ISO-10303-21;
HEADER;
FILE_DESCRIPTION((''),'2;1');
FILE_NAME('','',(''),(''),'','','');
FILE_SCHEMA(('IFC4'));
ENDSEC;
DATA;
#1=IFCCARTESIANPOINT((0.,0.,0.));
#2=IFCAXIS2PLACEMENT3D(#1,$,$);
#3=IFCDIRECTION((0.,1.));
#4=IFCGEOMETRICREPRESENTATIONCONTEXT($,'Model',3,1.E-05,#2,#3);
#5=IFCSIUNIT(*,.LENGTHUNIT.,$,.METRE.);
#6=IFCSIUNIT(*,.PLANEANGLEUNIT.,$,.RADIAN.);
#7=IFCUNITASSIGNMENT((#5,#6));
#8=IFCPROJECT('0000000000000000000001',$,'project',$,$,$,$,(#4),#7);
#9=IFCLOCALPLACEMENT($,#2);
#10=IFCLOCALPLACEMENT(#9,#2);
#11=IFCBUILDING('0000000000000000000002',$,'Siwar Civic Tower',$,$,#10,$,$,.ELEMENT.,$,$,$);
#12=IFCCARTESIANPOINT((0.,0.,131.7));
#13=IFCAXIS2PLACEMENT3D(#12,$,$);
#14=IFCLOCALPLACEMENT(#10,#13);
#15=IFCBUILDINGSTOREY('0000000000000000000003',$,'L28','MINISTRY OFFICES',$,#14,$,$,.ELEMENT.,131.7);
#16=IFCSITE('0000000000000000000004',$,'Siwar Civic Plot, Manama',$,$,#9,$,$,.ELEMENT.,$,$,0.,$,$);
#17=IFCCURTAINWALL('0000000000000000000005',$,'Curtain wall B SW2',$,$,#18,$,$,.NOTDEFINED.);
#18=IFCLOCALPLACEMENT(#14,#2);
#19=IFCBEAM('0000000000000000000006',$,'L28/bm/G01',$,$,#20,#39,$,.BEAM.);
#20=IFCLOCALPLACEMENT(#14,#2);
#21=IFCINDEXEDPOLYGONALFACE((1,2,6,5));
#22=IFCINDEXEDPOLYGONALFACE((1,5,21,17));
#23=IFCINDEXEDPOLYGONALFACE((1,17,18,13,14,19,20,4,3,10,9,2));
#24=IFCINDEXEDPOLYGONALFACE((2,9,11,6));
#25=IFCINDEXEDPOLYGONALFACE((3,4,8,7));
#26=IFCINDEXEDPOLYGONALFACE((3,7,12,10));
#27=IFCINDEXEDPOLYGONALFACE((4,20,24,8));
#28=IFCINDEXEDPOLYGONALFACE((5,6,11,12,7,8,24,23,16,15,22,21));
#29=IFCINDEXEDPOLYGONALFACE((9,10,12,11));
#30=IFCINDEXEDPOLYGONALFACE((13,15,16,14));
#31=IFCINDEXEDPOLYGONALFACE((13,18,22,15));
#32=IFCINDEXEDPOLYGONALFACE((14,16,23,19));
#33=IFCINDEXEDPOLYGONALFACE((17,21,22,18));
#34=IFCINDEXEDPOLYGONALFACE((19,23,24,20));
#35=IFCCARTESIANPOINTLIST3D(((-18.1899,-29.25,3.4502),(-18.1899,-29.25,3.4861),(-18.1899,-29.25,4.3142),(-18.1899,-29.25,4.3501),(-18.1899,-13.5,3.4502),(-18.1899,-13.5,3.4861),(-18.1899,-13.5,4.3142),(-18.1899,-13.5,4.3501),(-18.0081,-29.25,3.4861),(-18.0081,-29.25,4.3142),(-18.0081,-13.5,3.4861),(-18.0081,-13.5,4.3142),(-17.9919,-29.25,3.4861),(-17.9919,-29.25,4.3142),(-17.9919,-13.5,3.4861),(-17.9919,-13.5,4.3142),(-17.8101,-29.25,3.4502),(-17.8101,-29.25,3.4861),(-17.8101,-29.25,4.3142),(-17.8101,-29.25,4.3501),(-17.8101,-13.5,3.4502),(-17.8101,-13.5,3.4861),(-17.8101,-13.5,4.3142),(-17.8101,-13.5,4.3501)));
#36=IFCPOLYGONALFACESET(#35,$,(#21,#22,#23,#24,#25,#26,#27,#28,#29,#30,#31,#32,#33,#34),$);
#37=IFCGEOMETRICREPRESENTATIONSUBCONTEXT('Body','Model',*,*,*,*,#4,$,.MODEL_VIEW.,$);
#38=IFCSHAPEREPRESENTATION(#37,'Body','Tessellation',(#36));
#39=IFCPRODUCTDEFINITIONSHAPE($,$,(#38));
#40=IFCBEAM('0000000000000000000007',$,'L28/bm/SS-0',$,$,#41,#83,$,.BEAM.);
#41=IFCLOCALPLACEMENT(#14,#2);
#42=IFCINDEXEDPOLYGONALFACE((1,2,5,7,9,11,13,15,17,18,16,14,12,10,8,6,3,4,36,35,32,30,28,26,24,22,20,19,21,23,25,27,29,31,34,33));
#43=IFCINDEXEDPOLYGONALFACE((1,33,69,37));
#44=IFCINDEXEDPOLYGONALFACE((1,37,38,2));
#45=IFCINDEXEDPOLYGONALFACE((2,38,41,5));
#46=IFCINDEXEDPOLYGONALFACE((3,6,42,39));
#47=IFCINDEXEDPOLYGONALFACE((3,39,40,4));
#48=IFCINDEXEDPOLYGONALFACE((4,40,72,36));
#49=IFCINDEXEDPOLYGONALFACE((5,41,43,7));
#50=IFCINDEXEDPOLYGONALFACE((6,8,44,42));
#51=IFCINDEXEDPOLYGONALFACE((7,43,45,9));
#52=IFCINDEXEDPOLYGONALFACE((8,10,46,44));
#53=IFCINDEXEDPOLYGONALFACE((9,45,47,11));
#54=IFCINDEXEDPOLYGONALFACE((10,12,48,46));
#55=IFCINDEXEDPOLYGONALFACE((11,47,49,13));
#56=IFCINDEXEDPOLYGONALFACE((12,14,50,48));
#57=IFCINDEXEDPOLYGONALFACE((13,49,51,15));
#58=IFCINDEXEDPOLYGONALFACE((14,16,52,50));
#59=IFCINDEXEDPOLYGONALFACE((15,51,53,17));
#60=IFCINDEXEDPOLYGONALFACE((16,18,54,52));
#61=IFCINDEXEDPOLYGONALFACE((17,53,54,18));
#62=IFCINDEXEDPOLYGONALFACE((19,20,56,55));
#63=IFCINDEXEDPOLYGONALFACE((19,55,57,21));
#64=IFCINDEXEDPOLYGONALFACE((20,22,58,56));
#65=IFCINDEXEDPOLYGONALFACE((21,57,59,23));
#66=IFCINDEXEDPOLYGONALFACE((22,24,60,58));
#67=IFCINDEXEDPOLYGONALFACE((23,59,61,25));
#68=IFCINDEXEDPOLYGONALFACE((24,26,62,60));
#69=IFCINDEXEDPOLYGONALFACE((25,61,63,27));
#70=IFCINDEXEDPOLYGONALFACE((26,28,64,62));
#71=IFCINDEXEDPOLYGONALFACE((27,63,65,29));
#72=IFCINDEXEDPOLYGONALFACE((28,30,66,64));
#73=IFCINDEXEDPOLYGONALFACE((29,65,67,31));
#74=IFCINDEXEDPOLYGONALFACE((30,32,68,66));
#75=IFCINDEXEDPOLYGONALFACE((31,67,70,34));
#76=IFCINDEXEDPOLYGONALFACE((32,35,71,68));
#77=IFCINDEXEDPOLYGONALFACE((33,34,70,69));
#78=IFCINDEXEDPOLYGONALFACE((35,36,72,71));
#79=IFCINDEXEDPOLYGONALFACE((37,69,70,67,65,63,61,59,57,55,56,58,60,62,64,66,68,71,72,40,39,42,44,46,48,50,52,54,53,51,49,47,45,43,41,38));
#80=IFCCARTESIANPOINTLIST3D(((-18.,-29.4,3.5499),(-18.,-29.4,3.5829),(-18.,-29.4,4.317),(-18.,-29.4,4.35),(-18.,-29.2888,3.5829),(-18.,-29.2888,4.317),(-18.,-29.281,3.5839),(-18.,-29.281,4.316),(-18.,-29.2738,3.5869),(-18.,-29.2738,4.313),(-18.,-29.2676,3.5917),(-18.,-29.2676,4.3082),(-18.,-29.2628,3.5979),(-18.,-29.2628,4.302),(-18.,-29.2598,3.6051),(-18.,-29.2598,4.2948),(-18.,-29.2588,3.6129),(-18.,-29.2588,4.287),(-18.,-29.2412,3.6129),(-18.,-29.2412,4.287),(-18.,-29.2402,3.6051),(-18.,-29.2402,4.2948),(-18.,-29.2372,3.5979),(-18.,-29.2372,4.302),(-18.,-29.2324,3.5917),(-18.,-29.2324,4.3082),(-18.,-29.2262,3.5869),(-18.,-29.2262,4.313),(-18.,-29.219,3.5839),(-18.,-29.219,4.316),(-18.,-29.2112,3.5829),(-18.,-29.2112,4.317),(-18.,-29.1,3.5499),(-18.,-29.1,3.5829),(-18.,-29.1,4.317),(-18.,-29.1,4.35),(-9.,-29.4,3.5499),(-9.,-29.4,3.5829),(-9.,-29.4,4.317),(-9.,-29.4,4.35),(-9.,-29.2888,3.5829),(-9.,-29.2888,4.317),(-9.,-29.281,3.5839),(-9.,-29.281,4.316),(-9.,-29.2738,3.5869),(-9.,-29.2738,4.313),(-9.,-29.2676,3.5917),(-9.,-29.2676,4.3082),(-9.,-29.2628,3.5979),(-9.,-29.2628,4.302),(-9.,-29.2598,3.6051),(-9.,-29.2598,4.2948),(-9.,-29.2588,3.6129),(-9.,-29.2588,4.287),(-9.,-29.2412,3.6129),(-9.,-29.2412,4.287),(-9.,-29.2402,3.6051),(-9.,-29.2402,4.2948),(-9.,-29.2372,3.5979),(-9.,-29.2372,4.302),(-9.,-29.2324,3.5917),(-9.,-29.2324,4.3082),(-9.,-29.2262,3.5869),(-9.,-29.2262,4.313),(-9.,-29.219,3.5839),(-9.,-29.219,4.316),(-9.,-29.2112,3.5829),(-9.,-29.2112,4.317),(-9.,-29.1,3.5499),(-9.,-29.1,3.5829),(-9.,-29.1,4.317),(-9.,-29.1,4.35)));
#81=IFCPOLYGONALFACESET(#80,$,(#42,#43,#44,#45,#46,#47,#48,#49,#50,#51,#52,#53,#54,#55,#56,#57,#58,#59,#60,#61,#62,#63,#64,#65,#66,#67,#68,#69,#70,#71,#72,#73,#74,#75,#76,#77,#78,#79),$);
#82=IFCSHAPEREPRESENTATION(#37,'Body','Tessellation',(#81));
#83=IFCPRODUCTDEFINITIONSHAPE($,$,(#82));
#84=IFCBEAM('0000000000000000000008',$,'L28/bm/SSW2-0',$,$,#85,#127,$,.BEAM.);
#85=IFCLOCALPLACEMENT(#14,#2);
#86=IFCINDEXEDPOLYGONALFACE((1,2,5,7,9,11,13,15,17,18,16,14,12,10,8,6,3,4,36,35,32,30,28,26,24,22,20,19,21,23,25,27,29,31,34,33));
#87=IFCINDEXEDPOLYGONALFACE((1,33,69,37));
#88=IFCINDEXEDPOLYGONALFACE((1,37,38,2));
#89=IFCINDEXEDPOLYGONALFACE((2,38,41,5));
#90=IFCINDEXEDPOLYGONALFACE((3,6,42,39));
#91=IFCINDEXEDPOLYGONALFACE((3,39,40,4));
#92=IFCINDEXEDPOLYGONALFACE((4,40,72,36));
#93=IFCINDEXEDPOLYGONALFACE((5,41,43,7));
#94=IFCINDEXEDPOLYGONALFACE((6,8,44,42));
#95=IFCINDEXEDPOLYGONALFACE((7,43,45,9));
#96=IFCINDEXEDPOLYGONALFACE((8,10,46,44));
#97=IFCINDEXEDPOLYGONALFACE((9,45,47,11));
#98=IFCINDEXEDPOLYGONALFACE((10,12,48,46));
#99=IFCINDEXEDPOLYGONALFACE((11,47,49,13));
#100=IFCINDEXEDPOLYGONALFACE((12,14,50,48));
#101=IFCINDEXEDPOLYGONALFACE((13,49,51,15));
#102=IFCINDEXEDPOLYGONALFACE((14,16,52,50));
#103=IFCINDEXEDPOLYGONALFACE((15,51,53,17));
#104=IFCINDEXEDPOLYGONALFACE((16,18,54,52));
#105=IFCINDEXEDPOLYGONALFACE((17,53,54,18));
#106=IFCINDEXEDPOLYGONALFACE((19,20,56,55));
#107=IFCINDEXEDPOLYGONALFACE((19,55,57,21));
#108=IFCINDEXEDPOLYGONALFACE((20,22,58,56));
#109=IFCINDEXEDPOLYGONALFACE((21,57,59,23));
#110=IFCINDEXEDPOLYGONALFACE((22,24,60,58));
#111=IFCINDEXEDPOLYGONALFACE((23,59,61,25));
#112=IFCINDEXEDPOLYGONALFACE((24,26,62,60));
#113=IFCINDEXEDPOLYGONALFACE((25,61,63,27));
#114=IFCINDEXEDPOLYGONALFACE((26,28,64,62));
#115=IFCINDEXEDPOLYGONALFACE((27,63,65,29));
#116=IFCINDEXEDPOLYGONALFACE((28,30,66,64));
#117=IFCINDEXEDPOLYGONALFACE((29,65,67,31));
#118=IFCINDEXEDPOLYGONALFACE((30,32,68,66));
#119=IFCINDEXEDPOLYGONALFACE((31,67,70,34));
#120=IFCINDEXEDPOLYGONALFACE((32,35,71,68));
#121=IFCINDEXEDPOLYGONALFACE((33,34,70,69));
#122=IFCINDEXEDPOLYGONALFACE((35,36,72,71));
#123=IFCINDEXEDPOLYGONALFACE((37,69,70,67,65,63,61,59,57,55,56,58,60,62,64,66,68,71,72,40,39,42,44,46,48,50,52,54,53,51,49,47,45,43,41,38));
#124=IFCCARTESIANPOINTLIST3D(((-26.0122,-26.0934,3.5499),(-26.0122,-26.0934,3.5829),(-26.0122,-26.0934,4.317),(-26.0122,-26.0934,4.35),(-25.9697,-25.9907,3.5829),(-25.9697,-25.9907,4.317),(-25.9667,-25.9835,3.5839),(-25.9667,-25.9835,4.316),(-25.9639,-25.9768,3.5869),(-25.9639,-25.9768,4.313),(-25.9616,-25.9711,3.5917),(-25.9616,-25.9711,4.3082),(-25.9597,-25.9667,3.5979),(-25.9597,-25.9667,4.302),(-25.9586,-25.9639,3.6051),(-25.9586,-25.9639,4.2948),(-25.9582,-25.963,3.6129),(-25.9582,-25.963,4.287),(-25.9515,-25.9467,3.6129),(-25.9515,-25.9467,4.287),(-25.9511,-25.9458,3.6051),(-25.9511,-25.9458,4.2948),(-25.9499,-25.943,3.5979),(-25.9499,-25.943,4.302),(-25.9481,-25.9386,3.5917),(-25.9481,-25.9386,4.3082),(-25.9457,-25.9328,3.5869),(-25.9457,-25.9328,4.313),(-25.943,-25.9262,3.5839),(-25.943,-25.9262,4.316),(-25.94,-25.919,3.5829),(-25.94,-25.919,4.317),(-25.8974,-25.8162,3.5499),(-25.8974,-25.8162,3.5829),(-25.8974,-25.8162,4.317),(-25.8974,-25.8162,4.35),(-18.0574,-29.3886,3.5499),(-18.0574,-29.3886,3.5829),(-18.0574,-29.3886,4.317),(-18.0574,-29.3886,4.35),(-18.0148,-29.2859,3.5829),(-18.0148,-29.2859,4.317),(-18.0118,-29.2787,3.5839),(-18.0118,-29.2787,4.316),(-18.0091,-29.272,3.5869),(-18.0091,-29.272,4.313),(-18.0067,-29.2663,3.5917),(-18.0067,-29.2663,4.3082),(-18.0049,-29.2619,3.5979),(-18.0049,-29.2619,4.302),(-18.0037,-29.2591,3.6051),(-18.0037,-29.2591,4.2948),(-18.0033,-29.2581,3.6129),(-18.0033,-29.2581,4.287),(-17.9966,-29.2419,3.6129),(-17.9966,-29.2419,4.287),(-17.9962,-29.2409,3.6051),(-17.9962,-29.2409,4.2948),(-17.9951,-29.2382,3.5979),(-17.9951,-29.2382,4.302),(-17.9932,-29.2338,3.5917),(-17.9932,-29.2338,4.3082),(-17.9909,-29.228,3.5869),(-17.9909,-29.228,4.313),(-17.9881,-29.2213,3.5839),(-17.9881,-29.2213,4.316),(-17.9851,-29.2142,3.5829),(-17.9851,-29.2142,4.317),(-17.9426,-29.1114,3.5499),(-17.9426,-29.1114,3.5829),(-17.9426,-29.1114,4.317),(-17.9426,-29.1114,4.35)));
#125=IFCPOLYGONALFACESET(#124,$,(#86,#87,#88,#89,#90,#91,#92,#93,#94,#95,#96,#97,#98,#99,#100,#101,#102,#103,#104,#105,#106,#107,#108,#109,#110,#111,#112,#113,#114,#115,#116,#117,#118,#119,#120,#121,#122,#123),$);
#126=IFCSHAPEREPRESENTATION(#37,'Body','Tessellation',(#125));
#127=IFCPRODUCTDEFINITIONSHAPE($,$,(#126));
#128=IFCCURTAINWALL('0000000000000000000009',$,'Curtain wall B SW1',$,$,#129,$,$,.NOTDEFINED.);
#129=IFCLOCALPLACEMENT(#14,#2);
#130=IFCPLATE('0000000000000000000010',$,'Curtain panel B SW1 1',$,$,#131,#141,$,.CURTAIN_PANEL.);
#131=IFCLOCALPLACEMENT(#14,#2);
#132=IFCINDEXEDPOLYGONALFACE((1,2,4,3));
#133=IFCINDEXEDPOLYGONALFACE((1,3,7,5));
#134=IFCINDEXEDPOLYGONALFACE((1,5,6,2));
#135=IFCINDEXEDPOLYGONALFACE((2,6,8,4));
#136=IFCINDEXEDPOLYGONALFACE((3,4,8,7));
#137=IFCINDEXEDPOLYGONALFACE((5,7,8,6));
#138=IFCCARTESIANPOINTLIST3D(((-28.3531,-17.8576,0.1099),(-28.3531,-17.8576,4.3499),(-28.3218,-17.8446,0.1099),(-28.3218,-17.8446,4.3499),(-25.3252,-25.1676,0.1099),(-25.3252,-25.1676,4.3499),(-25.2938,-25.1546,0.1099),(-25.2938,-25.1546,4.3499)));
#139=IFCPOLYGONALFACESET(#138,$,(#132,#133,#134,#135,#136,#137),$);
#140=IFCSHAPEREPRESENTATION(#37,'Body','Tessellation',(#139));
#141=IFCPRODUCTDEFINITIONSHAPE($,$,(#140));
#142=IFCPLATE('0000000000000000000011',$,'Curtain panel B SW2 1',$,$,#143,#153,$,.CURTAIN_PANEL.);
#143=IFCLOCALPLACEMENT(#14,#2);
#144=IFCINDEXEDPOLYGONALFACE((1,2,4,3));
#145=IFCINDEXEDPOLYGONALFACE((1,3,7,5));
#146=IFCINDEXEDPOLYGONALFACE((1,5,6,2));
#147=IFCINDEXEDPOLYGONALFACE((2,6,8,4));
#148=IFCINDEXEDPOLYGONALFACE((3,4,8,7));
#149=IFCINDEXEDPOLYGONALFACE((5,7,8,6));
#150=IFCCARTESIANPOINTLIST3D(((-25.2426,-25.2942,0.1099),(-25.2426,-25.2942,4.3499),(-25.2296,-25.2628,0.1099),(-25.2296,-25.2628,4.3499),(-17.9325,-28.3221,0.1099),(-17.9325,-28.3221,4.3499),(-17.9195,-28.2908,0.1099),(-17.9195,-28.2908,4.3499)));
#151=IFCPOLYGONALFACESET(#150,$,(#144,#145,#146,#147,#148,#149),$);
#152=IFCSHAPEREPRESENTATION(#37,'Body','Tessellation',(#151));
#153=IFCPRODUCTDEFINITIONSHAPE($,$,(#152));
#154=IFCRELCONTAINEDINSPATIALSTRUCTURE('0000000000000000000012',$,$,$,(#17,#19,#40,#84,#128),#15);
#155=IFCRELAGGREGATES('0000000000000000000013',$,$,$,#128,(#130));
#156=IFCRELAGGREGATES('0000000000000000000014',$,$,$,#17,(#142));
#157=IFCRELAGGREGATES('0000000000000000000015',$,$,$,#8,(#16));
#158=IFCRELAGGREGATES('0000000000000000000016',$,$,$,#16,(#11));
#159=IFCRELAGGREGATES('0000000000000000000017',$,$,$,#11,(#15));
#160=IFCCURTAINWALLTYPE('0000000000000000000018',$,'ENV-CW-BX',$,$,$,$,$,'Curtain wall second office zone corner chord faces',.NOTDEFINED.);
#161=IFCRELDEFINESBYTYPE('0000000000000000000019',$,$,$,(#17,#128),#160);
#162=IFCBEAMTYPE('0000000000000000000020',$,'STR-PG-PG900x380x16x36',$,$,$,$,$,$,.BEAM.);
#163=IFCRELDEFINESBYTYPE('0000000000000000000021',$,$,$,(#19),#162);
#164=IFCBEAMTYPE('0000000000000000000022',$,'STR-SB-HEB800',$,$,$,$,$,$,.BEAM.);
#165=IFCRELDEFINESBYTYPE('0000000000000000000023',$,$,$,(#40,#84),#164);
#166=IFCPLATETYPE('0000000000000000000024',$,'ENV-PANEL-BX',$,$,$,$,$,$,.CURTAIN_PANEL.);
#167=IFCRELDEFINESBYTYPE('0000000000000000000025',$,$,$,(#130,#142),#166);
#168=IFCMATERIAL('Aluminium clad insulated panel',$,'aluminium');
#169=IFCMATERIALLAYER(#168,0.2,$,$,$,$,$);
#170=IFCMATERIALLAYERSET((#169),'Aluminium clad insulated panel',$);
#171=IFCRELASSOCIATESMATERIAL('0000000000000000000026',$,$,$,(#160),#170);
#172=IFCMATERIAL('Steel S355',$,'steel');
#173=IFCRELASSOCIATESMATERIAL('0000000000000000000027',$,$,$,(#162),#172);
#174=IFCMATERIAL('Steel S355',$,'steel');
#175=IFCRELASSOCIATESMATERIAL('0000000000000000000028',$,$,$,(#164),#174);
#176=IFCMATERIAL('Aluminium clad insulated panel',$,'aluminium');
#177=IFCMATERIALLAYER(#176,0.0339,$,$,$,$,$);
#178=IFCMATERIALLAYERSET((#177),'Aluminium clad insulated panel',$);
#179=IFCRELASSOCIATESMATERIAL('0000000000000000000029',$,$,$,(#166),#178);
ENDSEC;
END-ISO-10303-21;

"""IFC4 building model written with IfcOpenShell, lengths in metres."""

from ifc_helpers import new_model, si_unit, direction, frame, origin, origin_2d, place, context, subcontext, project, spatial, rectangle, i_section, extrude, material, layer, layer_set, material_profile, profile_set, type_object, element, aggregate, save


model = new_model("IFC4")

# Units and contexts
model_context = context("Model", 3, precision=1e-05, world=origin(), true_north=direction((0.0, 1.0)))
body_context = subcontext(model_context, "Body", "Model", "MODEL_VIEW")
ifc_project = project(units=[si_unit("LENGTHUNIT", "METRE"), si_unit("PLANEANGLEUNIT", "RADIAN")], contexts=[model_context])

# Site, building, storey
site_placement = place(None, origin())
site = spatial("IfcSite", under=ifc_project, at=site_placement, Name="Siwar Civic Plot, Manama", CompositionType="ELEMENT", RefElevation=0.0)
building_placement = place(site_placement, origin())
building = spatial("IfcBuilding", under=site, at=building_placement, Name="Siwar Civic Tower", CompositionType="ELEMENT")
storey_placement = place(building_placement, frame((0.0, 0.0, 131.7)))
storey = spatial("IfcBuildingStorey", under=building, at=storey_placement, Name="L28", Description="MINISTRY OFFICES", CompositionType="ELEMENT", Elevation=131.7)

# Curtain wall
ifc_material_1 = material(Name="Aluminium clad insulated panel", Category="aluminium")
ifc_layer_1 = layer(ifc_material_1, 0.2)
ifc_layer_set_1 = layer_set([ifc_layer_1], Name="Aluminium clad insulated panel")
curtain_wall_type = type_object("IfcCurtainWallType", Name="ENV-CW-BX", ElementType="Curtain wall second office zone corner chord faces", PredefinedType="NOTDEFINED", material=ifc_layer_set_1)
curtain_wall_1_placement = place(storey_placement, origin())
curtain_wall_1 = element("IfcCurtainWall", 1, at=curtain_wall_1_placement, inside=storey, type_object=curtain_wall_type, Name="Curtain wall B SW2", PredefinedType="NOTDEFINED")

# Beams
ifc_material_2 = material(Name="Steel S355", Category="steel")
ifc_material_profile_1 = material_profile(ifc_material_2, i_section(OverallWidth=0.3799, OverallDepth=0.8999, WebThickness=0.0161, FlangeThickness=0.0359, at=origin_2d()), Name="PG900x380x16x36")
ifc_profile_set_1 = profile_set([ifc_material_profile_1], Name="Steel S355")
beam_type_1 = type_object("IfcBeamType", Name="STR-PG-PG900x380x16x36", PredefinedType="BEAM", material=ifc_profile_set_1)
beam_1_placement = place(storey_placement, frame((-18.0, -29.25, 3.9001), z_axis=(0.0, 1.0, 0.0), x_axis=(-1.0, 0.0, 0.0)))
element("IfcBeam", 2, at=beam_1_placement, inside=storey, type_object=beam_type_1, Name="L28/bm/G01", PredefinedType="BEAM", context=body_context, shape_type="SweptSolid", body=[
    extrude(i_section(OverallWidth=0.3799, OverallDepth=0.8999, WebThickness=0.0161, FlangeThickness=0.0359, at=origin_2d()), origin(), (0.0, 0.0, 1.0), 15.75),
])
ifc_material_3 = material(Name="Steel S355", Category="steel")
ifc_material_profile_2 = material_profile(ifc_material_3, i_section(OverallWidth=0.3, OverallDepth=0.8, WebThickness=0.0176, FlangeThickness=0.033, FilletRadius=0.03, at=origin_2d()), Name="HEB800")
ifc_profile_set_2 = profile_set([ifc_material_profile_2], Name="Steel S355")
beam_type_2 = type_object("IfcBeamType", Name="STR-SB-HEB800", PredefinedType="BEAM", material=ifc_profile_set_2)
beam_2_placement = place(storey_placement, frame((-18.0, -29.25, 3.95), z_axis=(1.0, 0.0, 0.0), x_axis=(0.0, 1.0, 0.0)))
element("IfcBeam", 3, at=beam_2_placement, inside=storey, type_object=beam_type_2, Name="L28/bm/SS-0", PredefinedType="BEAM", context=body_context, shape_type="SweptSolid", body=[
    extrude(i_section(OverallWidth=0.3, OverallDepth=0.8, WebThickness=0.0176, FlangeThickness=0.033, FilletRadius=0.03, at=origin_2d()), origin(), (0.0, 0.0, 1.0), 9.0),
])
beam_3_placement = place(storey_placement, frame((-25.9548, -25.9548, 3.95), z_axis=(0.923873, -0.3827, 0.0), x_axis=(0.3827, 0.923873, 0.0)))
element("IfcBeam", 4, at=beam_3_placement, inside=storey, type_object=beam_type_2, Name="L28/bm/SSW2-0", PredefinedType="BEAM", context=body_context, shape_type="SweptSolid", body=[
    extrude(i_section(OverallWidth=0.3, OverallDepth=0.8, WebThickness=0.0176, FlangeThickness=0.033, FilletRadius=0.03, at=origin_2d()), origin(), (0.0, 0.0, 1.0), 8.6104),
])

# Curtain wall, plate
curtain_wall_2_placement = place(storey_placement, origin())
curtain_wall_2 = element("IfcCurtainWall", 5, at=curtain_wall_2_placement, inside=storey, type_object=curtain_wall_type, Name="Curtain wall B SW1", PredefinedType="NOTDEFINED")
ifc_material_4 = material(Name="Aluminium clad insulated panel", Category="aluminium")
ifc_layer_2 = layer(ifc_material_4, 0.0339)
ifc_layer_set_2 = layer_set([ifc_layer_2], Name="Aluminium clad insulated panel")
plate_type = type_object("IfcPlateType", Name="ENV-PANEL-BX", PredefinedType="CURTAIN_PANEL", material=ifc_layer_set_2)
plate_1_placement = place(storey_placement, frame((-26.8235, -21.5061, 0.1099), z_axis=(0.0, 0.0, 1.0), x_axis=(0.382683, -0.92388, 0.0)))
plate_1 = element("IfcPlate", 6, at=plate_1_placement, type_object=plate_type, Name="Curtain panel B SW1 1", PredefinedType="CURTAIN_PANEL", context=body_context, shape_type="SweptSolid", body=[
    extrude(rectangle(XDim=7.9124, YDim=0.0339, at=origin_2d()), origin(), (0.0, 0.0, 1.0), 4.24),
])
aggregate(curtain_wall_2, [plate_1])

# Plate
plate_2_placement = place(storey_placement, frame((-21.5811, -26.7925, 0.1099), z_axis=(0.0, 0.0, 1.0), x_axis=(0.92388, -0.382683, 0.0)))
plate_2 = element("IfcPlate", 7, at=plate_2_placement, type_object=plate_type, Name="Curtain panel B SW2 1", PredefinedType="CURTAIN_PANEL", context=body_context, shape_type="SweptSolid", body=[
    extrude(rectangle(XDim=7.9124, YDim=0.0339, at=origin_2d()), origin(), (0.0, 0.0, 1.0), 4.24),
])
aggregate(curtain_wall_1, [plate_2])

save(model, "model.ifc")
